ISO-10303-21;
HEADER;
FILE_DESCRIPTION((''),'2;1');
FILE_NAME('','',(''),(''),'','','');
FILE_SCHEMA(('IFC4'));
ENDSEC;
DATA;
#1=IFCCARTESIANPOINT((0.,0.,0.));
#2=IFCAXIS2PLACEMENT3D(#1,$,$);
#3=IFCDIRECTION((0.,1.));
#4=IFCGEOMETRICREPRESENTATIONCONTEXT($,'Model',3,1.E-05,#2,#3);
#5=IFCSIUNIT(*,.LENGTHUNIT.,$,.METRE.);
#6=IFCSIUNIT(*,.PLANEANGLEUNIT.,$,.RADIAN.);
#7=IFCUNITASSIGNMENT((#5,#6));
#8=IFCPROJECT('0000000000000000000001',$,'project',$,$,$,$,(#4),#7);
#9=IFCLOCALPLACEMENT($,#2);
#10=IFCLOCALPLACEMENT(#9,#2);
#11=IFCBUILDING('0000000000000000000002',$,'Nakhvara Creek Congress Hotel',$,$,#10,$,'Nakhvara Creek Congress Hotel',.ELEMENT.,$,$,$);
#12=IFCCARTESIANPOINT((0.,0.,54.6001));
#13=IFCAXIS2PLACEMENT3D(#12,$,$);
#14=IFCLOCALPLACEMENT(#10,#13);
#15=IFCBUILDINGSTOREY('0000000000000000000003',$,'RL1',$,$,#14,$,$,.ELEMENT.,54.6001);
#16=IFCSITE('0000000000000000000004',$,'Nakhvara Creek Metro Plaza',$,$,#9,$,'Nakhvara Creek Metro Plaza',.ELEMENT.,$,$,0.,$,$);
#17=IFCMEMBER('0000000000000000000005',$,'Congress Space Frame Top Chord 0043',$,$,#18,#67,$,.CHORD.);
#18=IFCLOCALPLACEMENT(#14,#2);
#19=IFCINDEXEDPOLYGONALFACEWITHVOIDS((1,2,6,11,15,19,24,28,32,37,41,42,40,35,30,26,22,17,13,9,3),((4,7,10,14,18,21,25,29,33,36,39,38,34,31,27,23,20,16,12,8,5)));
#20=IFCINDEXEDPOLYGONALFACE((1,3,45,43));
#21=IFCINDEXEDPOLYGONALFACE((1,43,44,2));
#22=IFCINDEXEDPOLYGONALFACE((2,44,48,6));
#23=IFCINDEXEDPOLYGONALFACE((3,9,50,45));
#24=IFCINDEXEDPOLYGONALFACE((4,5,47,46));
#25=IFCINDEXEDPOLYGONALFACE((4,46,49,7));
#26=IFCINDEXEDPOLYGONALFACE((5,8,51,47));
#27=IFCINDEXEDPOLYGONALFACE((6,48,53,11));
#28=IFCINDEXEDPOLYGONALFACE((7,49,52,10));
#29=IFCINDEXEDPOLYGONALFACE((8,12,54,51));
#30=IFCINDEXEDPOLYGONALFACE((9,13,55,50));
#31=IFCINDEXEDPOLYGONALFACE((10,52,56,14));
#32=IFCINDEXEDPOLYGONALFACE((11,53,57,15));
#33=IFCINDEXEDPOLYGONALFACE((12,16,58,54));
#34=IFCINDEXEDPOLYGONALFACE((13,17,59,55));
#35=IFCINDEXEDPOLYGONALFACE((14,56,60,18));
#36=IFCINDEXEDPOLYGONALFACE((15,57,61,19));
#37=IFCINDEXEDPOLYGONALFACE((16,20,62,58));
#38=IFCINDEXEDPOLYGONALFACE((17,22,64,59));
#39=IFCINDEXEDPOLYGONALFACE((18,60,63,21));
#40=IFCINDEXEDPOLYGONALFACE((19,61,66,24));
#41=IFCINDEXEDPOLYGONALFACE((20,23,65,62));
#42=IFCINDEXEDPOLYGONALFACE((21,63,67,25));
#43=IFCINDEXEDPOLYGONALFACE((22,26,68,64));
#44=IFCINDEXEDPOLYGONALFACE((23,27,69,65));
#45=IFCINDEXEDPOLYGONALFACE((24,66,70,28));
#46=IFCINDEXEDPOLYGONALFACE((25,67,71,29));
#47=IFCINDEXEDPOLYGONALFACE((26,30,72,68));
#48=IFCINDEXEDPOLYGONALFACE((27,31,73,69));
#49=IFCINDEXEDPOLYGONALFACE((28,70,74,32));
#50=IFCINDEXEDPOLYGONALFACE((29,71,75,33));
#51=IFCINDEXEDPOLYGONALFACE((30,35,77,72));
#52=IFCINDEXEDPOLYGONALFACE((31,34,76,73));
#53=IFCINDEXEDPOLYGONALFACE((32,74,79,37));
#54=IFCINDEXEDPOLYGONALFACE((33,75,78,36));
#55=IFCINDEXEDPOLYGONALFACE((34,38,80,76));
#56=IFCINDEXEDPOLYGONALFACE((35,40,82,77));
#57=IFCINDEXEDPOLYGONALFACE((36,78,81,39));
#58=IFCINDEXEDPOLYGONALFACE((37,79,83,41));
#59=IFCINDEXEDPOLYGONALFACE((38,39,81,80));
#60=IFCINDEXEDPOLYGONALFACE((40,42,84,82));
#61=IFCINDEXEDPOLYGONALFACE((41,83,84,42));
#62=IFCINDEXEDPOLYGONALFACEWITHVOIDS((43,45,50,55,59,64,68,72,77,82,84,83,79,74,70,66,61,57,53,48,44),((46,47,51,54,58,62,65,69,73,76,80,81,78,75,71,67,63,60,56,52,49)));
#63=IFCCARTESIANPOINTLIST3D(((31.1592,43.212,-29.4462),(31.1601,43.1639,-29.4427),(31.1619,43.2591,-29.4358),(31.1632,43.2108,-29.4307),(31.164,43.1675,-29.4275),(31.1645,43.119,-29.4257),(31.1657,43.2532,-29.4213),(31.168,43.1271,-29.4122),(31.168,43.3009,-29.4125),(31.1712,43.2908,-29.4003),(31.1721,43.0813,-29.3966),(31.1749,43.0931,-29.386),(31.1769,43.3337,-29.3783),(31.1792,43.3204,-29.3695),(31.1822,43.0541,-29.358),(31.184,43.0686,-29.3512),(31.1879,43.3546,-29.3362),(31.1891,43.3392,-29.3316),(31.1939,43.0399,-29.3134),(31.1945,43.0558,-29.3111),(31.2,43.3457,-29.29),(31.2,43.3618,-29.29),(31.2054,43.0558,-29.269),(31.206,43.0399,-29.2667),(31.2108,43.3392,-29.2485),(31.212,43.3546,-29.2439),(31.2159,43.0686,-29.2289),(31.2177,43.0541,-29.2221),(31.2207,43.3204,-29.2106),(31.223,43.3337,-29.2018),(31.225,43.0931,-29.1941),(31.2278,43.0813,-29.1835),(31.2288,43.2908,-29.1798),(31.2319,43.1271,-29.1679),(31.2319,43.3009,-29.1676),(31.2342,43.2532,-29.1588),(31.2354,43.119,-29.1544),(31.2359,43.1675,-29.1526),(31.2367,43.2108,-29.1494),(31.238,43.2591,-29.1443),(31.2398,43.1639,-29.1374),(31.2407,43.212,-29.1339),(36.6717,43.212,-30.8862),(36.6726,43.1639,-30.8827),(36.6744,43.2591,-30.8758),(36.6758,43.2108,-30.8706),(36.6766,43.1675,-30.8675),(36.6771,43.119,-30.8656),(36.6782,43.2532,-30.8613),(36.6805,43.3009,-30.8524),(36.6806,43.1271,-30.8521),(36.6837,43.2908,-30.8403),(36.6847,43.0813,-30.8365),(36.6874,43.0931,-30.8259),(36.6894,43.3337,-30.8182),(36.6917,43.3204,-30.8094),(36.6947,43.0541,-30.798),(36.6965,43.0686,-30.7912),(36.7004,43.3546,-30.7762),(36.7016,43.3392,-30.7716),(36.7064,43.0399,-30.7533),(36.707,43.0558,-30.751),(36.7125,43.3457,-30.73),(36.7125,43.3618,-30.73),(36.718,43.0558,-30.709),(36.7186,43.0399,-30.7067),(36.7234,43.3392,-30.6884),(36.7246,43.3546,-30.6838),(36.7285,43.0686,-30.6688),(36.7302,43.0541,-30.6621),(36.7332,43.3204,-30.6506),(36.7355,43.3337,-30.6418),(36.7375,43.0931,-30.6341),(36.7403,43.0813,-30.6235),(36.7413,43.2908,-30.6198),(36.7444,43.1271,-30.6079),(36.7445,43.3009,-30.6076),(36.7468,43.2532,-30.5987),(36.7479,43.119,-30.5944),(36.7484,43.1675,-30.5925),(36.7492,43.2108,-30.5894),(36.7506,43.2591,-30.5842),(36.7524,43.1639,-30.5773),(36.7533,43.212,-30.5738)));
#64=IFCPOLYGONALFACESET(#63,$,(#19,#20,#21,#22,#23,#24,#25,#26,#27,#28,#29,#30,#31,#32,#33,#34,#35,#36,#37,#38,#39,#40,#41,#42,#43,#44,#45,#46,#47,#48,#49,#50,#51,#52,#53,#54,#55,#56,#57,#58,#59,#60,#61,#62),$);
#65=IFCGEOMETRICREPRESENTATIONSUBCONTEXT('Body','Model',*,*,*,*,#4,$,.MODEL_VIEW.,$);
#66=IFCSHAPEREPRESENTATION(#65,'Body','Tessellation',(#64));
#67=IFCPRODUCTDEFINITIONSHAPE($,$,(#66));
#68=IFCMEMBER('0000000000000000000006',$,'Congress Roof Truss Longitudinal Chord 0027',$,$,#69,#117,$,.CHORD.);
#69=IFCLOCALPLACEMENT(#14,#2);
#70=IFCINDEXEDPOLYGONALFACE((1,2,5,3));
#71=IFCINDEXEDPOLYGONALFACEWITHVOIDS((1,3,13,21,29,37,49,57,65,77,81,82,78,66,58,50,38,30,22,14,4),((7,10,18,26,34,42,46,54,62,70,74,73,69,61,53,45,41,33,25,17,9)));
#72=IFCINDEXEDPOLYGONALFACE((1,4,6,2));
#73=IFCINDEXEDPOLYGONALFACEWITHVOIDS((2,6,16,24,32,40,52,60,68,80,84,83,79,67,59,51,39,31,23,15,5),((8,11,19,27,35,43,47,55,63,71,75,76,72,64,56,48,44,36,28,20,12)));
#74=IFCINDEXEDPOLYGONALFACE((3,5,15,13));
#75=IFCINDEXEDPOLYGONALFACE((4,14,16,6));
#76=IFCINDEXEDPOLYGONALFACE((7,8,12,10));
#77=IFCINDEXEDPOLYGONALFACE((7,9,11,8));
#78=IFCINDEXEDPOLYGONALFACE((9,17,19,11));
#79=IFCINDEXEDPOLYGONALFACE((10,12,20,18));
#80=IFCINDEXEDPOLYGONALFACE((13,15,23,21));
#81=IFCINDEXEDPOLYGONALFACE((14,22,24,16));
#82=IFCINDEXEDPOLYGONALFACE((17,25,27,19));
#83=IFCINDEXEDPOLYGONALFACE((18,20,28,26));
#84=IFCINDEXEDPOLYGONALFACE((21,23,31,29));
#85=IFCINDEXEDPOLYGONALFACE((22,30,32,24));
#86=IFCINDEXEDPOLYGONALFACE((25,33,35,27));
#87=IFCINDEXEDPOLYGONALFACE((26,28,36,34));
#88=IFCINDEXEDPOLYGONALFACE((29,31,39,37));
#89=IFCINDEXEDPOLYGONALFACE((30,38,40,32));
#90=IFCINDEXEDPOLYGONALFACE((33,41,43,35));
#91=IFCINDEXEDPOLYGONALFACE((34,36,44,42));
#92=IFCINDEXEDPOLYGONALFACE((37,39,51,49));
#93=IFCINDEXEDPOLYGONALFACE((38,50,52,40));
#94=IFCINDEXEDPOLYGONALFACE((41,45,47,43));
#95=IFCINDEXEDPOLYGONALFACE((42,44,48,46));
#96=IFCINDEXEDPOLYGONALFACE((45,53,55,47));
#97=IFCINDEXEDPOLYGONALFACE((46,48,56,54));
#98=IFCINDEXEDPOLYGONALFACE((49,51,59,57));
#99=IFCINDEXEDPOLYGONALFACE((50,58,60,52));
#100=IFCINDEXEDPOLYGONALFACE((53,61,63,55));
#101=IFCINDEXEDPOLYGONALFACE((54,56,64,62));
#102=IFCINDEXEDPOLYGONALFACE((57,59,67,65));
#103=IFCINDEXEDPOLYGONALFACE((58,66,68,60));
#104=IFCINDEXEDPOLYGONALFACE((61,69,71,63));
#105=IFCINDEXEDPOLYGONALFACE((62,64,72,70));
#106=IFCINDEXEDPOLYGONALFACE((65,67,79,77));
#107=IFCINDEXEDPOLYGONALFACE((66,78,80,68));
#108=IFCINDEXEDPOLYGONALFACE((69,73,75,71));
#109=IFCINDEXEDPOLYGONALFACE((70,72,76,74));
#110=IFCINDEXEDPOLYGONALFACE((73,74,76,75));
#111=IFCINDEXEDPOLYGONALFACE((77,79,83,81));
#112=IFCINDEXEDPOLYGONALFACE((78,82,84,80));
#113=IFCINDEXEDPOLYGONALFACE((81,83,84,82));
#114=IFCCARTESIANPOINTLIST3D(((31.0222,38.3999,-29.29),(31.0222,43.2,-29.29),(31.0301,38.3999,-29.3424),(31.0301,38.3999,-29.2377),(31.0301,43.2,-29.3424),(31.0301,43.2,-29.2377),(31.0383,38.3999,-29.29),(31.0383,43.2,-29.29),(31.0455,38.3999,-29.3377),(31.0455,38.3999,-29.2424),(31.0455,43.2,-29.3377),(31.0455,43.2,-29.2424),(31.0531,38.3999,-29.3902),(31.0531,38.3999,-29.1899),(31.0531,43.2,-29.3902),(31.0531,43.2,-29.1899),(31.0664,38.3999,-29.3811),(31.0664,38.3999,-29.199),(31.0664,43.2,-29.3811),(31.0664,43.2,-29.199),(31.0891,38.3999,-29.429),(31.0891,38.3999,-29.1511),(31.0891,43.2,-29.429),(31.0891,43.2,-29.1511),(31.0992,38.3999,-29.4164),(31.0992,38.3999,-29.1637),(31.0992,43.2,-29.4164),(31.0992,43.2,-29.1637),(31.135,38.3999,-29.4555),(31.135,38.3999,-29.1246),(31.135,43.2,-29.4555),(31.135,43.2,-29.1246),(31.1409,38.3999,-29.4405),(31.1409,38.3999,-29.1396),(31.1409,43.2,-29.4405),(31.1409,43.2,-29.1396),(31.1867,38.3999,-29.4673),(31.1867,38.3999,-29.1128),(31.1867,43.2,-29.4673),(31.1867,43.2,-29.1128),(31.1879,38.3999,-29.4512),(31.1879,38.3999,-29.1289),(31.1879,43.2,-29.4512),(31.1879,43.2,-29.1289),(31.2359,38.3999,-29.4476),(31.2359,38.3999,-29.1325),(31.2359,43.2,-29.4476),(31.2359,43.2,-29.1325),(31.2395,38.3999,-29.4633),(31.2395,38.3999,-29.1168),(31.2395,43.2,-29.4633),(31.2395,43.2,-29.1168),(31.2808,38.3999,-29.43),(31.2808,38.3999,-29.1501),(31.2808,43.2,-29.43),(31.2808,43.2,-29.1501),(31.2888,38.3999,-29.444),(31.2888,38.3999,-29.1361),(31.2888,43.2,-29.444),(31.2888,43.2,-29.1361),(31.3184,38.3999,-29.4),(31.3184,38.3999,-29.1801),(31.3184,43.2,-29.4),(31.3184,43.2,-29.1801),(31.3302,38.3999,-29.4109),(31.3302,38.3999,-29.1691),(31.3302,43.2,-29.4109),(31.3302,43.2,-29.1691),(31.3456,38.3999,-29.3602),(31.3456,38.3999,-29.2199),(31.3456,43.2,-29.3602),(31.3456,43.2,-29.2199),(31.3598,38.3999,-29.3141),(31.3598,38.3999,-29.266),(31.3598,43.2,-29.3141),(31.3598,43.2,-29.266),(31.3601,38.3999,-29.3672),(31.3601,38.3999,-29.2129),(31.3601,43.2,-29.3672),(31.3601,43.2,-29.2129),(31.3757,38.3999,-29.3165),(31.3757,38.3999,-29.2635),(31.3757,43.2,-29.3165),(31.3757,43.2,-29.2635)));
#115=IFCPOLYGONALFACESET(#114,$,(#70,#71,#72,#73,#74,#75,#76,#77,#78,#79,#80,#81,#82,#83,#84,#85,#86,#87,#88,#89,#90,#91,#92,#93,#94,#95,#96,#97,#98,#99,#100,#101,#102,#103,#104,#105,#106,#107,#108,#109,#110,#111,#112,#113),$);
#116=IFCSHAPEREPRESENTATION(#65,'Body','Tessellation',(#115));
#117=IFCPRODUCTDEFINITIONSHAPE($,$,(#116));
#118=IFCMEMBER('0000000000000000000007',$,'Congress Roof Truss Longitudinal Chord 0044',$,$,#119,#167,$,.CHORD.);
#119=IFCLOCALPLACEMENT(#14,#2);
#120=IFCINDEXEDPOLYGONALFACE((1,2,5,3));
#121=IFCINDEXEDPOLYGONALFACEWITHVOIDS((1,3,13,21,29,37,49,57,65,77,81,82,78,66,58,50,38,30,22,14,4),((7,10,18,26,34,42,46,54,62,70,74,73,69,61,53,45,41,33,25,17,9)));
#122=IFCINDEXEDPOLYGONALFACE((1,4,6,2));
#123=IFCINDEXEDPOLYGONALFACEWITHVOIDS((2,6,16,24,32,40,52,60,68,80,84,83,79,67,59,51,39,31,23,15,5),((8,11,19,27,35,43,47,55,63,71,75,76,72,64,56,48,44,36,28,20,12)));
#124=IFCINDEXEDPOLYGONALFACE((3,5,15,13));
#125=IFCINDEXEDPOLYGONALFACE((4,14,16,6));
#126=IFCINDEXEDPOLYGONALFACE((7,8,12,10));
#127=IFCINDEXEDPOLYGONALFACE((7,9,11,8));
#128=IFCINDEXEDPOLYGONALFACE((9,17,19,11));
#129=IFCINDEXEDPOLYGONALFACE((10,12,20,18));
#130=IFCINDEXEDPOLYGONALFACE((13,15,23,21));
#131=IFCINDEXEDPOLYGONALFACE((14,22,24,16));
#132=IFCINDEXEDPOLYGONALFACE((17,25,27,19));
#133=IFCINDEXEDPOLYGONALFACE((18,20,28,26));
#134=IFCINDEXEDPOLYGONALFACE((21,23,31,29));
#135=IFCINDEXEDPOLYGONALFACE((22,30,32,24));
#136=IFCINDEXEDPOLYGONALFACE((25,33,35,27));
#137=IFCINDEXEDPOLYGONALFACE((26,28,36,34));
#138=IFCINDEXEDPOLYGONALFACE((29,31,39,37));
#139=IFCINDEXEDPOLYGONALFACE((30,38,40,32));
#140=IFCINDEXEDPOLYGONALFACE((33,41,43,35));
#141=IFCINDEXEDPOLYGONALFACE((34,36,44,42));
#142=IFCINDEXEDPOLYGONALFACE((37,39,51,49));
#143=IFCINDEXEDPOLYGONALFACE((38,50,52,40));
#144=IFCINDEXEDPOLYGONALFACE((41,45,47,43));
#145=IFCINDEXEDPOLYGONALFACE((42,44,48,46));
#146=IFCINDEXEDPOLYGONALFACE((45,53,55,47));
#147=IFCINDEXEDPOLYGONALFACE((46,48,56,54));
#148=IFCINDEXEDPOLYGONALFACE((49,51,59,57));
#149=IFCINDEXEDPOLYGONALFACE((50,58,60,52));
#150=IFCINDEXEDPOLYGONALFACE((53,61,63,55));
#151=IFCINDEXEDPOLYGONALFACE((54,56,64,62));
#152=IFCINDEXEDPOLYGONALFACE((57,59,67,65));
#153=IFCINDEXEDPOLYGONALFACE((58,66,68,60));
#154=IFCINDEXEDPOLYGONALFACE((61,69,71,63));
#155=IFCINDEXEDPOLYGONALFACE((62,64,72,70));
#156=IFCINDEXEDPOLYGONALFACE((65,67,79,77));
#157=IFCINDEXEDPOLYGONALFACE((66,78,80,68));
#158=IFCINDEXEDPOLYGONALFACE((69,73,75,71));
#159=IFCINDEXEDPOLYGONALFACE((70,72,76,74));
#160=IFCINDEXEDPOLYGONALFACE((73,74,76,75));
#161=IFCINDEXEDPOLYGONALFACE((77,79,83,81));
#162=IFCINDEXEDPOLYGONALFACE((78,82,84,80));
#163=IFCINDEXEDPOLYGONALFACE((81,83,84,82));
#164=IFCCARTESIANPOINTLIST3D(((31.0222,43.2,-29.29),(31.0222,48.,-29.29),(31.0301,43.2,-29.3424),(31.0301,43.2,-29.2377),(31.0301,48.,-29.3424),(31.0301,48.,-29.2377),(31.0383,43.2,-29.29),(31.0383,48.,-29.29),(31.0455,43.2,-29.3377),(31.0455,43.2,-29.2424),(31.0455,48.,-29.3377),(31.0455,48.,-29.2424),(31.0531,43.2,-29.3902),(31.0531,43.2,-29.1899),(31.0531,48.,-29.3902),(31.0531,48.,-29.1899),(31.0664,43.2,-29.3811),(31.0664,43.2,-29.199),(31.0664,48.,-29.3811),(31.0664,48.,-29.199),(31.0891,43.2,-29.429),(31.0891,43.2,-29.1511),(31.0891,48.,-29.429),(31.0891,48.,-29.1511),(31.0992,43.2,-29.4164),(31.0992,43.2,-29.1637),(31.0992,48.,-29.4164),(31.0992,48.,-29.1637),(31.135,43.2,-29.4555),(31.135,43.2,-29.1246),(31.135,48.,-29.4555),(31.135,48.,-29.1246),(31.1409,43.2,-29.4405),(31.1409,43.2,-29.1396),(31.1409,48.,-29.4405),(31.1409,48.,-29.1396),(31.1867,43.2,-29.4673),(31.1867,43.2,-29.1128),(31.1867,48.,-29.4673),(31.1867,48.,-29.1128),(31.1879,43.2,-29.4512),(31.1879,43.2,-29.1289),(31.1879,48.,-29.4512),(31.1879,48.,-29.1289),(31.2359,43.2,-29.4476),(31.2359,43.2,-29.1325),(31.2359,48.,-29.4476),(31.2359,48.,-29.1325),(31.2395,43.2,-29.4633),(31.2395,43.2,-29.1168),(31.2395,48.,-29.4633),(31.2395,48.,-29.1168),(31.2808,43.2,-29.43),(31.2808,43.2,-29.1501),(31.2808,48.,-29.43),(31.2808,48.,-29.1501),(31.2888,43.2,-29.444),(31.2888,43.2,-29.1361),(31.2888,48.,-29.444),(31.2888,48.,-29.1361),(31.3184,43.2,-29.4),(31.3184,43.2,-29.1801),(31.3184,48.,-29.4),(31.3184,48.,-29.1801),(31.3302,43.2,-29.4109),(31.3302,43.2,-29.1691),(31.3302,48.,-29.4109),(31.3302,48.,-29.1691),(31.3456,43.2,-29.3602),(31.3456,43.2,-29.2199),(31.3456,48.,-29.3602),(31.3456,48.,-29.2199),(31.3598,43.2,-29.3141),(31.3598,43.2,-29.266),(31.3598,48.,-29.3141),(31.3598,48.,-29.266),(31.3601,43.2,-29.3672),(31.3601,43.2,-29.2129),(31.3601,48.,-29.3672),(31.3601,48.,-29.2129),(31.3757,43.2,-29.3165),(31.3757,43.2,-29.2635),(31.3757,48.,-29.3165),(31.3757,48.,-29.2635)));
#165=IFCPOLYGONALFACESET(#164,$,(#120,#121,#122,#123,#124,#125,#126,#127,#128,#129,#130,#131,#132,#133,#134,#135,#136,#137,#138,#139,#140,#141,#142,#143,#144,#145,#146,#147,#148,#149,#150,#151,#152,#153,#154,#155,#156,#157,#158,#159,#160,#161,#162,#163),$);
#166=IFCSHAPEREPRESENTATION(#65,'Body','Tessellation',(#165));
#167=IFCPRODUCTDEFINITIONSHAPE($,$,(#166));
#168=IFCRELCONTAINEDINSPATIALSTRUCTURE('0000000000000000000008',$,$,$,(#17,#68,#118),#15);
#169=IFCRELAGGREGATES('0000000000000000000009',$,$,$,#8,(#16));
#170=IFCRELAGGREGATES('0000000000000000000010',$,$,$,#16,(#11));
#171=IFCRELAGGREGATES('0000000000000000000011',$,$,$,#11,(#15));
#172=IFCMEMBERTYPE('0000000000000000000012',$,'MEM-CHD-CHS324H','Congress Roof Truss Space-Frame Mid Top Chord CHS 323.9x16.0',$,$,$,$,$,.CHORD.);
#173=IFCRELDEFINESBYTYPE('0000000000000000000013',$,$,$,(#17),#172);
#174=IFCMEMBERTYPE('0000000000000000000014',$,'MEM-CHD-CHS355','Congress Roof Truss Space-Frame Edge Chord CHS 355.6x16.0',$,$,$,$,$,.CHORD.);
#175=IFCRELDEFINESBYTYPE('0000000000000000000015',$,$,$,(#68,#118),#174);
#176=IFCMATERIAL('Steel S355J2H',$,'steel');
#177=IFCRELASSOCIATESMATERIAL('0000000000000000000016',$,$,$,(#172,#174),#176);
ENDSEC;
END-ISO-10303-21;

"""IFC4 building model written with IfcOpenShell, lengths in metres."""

from ifc_helpers import new_model, si_unit, direction, frame, origin, origin_2d, place, context, subcontext, project, spatial, hollow_circle, extrude, material, material_profile, profile_set, type_object, element, save


model = new_model("IFC4")

# Units and contexts
model_context = context("Model", 3, precision=1e-05, world=origin(), true_north=direction((0.0, 1.0)))
body_context = subcontext(model_context, "Body", "Model", "MODEL_VIEW")
ifc_project = project(units=[si_unit("LENGTHUNIT", "METRE"), si_unit("PLANEANGLEUNIT", "RADIAN")], contexts=[model_context])

# Site, building, storey
site_placement = place(None, origin())
site = spatial("IfcSite", under=ifc_project, at=site_placement, Name="Nakhvara Creek Metro Plaza", LongName="Nakhvara Creek Metro Plaza", CompositionType="ELEMENT", RefElevation=0.0)
building_placement = place(site_placement, origin())
building = spatial("IfcBuilding", under=site, at=building_placement, Name="Nakhvara Creek Congress Hotel", LongName="Nakhvara Creek Congress Hotel", CompositionType="ELEMENT")
storey_placement = place(building_placement, frame((0.0, 0.0, 54.6001)))
storey = spatial("IfcBuildingStorey", under=building, at=storey_placement, Name="RL1", CompositionType="ELEMENT", Elevation=54.6001)

# Members
ifc_material_1 = material(Name="Steel S355J2H", Category="steel")
ifc_material_profile_1 = material_profile(ifc_material_1, hollow_circle(Radius=0.1619, WallThickness=0.0161, at=origin_2d()), Name="CHS 323.9x16.0", Category="LoadBearing")
ifc_profile_set_1 = profile_set([ifc_material_profile_1], Name="Steel S355J2H")
member_type_1 = type_object("IfcMemberType", Name="MEM-CHD-CHS324H", Description="Congress Roof Truss Space-Frame Mid Top Chord CHS 323.9x16.0", PredefinedType="CHORD", material=ifc_profile_set_1)
for number, where, z_axis, x_axis, name in (
    (1, (31.2, 43.2, -29.29), (0.967535, 0.0, -0.252736), (0.0, 1.0, 0.0), "Congress Space Frame Top Chord 0043"),
):
    element("IfcMember", number, at=place(storey_placement, frame(where, z_axis=z_axis, x_axis=x_axis)), inside=storey, type_object=member_type_1, Name=name, PredefinedType="CHORD", context=body_context, shape_type="SweptSolid", body=[
        extrude(hollow_circle(Radius=0.1619, WallThickness=0.0161, at=origin_2d()), origin(), (0.0, 0.0, 1.0), 5.6975),
    ])
ifc_material_profile_2 = material_profile(ifc_material_1, hollow_circle(Radius=0.1777, WallThickness=0.0161, at=origin_2d()), Name="CHS 355.6x16.0", Category="LoadBearing")
ifc_profile_set_2 = profile_set([ifc_material_profile_2], Name="Steel S355J2H")
member_type_2 = type_object("IfcMemberType", Name="MEM-CHD-CHS355", Description="Congress Roof Truss Space-Frame Edge Chord CHS 355.6x16.0", PredefinedType="CHORD", material=ifc_profile_set_2)
for number, where, z_axis, x_axis, name in (
    (2, (31.2, 38.3999, -29.29), (0.0, 1.0, 0.0), (-1.0, 0.0, 0.0), "Congress Roof Truss Longitudinal Chord 0027"),
    (3, (31.2, 43.2, -29.29), (0.0, 1.0, 0.0), (-1.0, 0.0, 0.0), "Congress Roof Truss Longitudinal Chord 0044"),
):
    element("IfcMember", number, at=place(storey_placement, frame(where, z_axis=z_axis, x_axis=x_axis)), inside=storey, type_object=member_type_2, Name=name, PredefinedType="CHORD", context=body_context, shape_type="SweptSolid", body=[
        extrude(hollow_circle(Radius=0.1777, WallThickness=0.0161, at=origin_2d()), origin(), (0.0, 0.0, 1.0), 4.8),
    ])

save(model, "model.ifc")
